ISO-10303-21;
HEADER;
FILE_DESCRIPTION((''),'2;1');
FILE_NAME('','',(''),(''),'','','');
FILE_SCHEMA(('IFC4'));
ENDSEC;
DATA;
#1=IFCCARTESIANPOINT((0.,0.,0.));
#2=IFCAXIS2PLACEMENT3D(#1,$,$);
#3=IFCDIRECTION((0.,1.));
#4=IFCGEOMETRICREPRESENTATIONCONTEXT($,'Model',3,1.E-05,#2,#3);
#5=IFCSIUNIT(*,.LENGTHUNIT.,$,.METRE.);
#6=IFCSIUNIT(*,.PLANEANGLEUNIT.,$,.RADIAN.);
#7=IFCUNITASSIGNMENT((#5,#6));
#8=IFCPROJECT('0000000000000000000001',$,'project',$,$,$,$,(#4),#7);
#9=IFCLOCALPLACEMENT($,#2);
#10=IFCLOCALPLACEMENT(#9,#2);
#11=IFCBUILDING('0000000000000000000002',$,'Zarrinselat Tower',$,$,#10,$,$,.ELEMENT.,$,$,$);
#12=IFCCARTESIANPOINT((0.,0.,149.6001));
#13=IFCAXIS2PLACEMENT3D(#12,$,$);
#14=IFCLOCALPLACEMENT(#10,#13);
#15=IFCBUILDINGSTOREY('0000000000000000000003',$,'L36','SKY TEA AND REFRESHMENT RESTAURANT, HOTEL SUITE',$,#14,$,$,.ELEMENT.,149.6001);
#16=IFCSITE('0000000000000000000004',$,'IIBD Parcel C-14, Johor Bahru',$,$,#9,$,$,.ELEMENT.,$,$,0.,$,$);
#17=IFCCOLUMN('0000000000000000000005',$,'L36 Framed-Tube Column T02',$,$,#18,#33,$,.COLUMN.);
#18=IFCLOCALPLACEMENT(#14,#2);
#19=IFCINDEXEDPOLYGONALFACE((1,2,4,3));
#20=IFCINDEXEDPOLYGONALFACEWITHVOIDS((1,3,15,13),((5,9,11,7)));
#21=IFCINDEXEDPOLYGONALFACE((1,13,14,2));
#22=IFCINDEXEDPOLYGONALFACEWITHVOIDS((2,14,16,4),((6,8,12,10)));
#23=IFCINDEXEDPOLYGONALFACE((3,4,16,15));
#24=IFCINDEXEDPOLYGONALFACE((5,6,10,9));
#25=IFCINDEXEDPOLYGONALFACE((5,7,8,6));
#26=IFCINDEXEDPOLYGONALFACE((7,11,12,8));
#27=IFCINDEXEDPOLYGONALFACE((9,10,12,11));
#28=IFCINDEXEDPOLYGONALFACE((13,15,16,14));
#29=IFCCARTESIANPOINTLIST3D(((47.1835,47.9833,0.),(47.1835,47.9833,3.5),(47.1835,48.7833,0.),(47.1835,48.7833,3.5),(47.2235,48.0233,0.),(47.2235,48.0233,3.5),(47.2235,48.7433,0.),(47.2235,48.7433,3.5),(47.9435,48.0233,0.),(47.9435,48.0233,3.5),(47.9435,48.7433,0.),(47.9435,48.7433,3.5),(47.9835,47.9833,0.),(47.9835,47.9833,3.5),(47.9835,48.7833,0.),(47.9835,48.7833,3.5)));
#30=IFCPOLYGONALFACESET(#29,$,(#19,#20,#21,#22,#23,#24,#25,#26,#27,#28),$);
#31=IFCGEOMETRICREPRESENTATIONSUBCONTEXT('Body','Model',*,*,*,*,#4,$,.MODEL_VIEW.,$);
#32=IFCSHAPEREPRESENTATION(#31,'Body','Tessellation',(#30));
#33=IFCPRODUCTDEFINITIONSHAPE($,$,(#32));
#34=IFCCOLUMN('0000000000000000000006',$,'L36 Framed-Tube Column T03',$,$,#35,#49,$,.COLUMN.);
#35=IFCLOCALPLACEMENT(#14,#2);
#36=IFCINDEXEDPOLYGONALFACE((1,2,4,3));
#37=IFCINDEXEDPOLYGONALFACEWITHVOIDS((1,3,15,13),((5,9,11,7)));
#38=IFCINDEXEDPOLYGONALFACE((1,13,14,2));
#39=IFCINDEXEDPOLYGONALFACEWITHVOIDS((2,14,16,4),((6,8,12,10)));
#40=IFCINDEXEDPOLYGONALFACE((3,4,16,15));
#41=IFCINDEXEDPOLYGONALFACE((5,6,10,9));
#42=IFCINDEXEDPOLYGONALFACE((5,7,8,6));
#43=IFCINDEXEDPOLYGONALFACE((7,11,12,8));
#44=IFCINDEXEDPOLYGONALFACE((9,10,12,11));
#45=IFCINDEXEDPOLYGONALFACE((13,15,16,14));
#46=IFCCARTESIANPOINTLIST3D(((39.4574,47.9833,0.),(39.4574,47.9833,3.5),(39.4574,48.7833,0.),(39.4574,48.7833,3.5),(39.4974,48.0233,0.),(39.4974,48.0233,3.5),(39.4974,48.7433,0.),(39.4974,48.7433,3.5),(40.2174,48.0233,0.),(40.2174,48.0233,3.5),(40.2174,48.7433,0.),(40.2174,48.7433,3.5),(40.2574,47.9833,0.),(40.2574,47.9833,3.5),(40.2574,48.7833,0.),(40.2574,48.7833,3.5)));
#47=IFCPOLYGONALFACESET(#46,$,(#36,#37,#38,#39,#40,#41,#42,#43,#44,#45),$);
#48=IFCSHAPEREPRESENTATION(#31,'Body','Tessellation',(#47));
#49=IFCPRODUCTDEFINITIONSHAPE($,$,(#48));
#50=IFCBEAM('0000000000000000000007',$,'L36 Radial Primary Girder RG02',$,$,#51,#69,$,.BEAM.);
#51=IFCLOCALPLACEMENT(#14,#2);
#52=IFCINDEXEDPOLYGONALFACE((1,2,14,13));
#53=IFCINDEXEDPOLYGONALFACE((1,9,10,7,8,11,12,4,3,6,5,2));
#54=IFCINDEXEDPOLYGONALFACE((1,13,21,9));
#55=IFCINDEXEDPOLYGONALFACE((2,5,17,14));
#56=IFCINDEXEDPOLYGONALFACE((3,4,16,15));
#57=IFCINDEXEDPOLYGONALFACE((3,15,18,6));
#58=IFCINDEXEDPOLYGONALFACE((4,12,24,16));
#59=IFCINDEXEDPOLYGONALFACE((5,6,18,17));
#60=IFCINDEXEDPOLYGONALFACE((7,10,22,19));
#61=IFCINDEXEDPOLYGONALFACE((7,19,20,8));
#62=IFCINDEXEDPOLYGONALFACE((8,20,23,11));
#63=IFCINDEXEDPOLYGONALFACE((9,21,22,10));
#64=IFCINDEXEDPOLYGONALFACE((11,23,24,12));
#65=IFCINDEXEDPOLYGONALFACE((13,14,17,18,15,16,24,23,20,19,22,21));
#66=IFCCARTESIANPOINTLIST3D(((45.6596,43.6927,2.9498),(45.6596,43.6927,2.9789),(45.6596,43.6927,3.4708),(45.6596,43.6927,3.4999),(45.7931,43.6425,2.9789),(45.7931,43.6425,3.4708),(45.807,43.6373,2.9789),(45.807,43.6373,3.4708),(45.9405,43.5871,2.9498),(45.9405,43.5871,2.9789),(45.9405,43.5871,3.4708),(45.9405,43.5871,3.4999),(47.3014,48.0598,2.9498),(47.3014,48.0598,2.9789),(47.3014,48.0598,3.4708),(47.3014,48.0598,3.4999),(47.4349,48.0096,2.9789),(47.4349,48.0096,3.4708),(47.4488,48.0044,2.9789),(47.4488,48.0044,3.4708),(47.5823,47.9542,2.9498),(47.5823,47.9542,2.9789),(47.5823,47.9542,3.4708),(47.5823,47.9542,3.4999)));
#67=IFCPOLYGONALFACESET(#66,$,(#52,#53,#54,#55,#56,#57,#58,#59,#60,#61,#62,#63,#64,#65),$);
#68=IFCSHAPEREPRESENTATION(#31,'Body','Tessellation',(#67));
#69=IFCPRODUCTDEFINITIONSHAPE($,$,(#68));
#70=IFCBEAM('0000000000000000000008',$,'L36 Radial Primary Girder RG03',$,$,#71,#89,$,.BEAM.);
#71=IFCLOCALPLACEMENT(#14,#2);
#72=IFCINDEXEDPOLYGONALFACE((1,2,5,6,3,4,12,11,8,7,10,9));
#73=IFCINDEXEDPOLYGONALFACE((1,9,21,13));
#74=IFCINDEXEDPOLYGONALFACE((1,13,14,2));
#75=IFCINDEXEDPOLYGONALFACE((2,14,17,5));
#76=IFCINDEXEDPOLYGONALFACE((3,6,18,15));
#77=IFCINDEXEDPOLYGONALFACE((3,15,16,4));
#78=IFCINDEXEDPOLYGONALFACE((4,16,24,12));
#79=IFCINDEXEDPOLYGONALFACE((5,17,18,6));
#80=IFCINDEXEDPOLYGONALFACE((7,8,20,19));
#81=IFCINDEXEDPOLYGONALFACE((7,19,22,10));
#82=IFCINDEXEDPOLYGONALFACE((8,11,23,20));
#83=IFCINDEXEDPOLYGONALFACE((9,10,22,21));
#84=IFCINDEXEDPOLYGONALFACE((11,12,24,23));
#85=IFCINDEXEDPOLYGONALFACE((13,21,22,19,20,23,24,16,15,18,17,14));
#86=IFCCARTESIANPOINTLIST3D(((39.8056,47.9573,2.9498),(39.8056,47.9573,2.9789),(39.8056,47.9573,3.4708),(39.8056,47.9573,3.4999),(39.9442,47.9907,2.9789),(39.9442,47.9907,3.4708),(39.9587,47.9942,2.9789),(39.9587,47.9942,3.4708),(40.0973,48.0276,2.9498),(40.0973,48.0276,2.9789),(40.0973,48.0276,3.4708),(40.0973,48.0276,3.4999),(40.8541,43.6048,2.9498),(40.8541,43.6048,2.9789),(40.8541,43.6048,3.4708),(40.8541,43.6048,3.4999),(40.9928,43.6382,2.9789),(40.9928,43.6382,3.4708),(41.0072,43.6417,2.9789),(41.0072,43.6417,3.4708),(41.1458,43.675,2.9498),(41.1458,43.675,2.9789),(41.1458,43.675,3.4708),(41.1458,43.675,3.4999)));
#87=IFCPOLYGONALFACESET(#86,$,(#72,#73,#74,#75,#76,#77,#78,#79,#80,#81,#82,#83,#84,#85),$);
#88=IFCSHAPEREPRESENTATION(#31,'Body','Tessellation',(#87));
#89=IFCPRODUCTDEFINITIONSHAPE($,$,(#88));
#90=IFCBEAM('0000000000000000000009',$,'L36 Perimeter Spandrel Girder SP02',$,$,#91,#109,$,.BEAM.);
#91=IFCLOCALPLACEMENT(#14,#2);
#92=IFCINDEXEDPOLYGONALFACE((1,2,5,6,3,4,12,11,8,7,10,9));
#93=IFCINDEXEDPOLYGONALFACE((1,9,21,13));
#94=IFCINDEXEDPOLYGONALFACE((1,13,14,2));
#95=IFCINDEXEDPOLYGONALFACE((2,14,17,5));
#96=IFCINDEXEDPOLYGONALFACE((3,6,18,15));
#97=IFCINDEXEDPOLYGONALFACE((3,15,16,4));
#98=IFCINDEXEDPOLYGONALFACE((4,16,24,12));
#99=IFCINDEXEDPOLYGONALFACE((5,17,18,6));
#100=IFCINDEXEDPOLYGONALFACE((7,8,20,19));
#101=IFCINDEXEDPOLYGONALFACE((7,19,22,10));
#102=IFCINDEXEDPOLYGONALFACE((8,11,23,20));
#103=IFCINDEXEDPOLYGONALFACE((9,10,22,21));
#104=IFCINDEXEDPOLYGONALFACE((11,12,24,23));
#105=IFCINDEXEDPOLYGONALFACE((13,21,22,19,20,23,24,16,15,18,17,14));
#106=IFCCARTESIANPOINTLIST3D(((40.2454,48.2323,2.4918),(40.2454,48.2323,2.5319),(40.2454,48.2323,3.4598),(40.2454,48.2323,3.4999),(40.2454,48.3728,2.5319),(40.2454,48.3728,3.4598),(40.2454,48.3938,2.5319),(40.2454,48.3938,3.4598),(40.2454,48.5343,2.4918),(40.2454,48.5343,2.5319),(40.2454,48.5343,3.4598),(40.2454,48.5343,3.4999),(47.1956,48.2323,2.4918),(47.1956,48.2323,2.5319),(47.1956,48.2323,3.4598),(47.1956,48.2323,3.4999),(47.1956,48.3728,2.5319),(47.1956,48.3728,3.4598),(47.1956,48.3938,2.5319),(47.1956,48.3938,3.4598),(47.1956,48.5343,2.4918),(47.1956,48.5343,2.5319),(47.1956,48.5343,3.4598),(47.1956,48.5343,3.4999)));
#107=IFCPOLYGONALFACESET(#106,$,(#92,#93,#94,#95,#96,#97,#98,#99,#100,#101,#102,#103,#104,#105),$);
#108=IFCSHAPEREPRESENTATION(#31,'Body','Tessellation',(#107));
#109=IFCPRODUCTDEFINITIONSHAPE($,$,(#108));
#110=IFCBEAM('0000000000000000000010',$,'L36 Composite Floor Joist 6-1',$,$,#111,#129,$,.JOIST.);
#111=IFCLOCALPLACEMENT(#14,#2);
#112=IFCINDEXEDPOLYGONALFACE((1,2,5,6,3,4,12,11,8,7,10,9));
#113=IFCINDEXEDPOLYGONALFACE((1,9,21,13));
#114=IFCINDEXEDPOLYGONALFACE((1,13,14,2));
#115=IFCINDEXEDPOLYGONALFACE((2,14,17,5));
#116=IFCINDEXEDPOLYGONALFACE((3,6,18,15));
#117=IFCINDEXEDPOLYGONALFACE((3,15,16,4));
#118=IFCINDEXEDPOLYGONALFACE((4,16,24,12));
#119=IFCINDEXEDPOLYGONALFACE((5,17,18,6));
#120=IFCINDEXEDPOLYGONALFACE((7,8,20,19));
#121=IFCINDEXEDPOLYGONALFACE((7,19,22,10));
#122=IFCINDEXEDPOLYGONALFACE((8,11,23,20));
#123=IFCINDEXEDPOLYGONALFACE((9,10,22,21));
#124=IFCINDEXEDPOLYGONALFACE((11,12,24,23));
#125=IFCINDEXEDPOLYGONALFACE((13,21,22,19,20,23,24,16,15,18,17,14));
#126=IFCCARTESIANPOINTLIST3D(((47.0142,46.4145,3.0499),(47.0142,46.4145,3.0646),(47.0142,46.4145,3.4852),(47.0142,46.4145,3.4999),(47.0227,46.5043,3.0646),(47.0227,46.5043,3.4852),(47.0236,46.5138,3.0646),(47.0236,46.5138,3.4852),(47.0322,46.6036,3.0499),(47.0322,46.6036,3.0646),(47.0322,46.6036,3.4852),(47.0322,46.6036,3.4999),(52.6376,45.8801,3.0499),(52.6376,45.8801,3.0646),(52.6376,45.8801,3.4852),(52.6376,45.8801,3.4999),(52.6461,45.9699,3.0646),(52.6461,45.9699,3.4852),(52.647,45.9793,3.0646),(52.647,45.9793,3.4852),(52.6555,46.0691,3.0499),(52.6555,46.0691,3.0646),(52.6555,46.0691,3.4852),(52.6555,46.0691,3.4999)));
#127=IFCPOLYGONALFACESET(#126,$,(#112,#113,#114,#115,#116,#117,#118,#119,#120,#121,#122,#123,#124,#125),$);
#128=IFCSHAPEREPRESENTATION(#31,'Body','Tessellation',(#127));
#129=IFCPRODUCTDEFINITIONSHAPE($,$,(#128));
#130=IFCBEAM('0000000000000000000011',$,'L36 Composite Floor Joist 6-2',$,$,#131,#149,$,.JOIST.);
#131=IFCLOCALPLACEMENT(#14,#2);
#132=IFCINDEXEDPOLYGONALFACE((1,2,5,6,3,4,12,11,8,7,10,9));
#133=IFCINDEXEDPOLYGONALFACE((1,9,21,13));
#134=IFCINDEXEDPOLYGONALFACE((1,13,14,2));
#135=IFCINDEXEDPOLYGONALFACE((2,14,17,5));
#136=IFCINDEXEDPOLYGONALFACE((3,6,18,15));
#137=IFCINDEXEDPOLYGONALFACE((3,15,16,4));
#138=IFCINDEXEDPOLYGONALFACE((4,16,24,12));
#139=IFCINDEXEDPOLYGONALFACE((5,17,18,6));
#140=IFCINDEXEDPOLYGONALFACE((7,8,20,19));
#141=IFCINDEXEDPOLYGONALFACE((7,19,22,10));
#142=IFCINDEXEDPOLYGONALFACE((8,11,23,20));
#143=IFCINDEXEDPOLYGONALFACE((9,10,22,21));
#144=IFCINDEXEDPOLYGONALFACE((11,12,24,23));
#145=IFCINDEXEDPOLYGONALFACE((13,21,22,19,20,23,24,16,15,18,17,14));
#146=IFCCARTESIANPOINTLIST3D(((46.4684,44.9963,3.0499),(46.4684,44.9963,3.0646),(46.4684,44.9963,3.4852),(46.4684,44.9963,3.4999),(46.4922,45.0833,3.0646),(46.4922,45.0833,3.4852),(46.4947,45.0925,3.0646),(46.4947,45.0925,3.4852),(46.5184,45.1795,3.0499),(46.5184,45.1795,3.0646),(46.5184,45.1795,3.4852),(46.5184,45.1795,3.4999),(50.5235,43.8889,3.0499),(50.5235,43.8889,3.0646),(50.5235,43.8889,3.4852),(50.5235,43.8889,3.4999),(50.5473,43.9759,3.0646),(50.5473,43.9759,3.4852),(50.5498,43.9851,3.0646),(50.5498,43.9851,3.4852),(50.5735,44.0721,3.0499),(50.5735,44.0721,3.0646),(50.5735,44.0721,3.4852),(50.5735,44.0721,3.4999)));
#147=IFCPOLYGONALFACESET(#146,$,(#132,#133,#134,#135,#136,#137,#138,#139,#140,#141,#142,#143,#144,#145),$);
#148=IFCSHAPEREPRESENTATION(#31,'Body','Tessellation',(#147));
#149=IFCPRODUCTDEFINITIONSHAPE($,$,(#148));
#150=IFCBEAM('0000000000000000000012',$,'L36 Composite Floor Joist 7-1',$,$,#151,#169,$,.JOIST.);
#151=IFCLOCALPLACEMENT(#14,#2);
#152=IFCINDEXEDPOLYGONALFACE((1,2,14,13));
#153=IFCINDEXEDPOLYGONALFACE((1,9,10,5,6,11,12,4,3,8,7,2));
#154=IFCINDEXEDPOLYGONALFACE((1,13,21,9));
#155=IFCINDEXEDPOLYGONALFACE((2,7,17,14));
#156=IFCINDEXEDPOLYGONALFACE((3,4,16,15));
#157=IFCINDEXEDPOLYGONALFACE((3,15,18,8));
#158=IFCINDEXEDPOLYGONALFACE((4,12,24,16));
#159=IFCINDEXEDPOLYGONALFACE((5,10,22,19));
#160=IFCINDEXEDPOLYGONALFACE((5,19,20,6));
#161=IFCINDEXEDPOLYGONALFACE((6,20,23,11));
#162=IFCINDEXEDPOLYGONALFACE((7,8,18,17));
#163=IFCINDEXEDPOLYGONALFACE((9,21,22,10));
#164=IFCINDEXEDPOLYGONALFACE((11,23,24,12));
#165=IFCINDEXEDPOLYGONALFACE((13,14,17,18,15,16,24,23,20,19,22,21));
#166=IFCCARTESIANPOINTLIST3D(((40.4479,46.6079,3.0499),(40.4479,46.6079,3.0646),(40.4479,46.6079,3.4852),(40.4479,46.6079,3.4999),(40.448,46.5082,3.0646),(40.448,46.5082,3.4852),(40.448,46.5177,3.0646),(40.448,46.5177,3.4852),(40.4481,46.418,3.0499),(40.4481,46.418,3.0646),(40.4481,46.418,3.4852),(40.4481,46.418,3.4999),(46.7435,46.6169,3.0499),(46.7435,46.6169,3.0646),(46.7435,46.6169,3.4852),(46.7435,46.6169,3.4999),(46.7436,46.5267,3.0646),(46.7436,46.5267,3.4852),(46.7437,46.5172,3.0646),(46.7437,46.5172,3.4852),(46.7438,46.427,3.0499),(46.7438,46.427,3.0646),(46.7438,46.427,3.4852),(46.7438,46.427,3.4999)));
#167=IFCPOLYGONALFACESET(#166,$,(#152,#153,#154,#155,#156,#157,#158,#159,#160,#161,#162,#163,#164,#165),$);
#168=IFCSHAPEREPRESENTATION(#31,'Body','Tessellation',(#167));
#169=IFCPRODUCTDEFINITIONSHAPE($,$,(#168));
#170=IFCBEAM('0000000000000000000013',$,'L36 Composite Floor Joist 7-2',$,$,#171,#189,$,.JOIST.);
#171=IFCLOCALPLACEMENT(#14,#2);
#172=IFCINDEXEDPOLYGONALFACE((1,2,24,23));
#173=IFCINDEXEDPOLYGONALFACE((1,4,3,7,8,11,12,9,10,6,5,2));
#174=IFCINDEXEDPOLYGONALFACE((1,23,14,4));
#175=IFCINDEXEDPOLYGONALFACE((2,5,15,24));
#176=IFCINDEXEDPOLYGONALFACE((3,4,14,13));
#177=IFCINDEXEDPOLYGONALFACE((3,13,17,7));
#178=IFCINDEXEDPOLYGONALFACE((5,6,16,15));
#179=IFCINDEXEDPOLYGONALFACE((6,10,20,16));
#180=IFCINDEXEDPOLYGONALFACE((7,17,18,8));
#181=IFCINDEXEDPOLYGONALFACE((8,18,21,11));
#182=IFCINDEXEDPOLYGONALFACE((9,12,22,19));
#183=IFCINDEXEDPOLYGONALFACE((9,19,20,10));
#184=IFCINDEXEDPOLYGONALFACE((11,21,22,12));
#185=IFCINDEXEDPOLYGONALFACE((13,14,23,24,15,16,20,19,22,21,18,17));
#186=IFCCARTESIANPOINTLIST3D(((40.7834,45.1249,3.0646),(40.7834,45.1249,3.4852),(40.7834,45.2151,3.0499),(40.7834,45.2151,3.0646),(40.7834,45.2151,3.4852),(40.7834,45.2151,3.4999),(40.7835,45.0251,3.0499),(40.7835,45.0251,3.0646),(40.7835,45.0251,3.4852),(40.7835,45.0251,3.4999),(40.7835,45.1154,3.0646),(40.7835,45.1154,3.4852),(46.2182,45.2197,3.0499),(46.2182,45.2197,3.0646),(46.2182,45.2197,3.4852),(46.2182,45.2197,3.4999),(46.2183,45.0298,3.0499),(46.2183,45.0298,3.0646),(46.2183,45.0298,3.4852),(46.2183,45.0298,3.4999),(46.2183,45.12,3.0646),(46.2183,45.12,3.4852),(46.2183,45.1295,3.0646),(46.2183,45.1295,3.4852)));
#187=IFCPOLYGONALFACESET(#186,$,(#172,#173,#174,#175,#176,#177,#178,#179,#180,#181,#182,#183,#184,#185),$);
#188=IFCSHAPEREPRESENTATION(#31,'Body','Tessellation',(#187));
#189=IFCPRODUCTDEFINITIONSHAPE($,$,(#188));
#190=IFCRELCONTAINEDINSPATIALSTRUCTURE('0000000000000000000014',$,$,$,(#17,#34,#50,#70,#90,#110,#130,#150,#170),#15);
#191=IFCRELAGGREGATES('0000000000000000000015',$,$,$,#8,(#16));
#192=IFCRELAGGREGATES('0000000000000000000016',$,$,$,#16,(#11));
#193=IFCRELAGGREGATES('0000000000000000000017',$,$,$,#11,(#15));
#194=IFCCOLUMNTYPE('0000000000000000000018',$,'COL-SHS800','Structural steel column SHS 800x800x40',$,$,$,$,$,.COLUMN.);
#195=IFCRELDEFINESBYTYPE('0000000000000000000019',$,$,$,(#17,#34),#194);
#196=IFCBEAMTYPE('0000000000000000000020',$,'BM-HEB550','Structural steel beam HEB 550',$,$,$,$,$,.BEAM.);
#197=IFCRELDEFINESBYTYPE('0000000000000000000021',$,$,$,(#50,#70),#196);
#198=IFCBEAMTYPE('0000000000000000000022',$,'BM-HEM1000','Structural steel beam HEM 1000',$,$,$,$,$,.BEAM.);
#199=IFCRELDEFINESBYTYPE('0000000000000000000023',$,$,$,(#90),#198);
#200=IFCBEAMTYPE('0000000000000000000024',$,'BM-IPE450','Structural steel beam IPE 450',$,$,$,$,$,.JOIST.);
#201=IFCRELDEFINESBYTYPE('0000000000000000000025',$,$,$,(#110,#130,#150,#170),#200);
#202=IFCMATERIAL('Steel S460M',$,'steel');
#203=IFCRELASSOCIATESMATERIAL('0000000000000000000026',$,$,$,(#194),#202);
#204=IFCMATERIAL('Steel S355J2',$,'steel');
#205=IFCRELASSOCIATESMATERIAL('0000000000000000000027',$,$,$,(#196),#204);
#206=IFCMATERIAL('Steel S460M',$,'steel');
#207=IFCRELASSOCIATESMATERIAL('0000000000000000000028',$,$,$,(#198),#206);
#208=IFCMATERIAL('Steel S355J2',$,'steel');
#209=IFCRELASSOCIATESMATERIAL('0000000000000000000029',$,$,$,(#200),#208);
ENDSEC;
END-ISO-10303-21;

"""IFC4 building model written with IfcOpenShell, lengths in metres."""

from ifc_helpers import new_model, si_unit, direction, frame, origin, origin_2d, place, context, subcontext, project, spatial, hollow_rectangle, i_section, extrude, material, material_profile, profile_set, type_object, element, save


model = new_model("IFC4")

# Units and contexts
model_context = context("Model", 3, precision=1e-05, world=origin(), true_north=direction((0.0, 1.0)))
body_context = subcontext(model_context, "Body", "Model", "MODEL_VIEW")
ifc_project = project(units=[si_unit("LENGTHUNIT", "METRE"), si_unit("PLANEANGLEUNIT", "RADIAN")], contexts=[model_context])

# Site, building, storey
site_placement = place(None, origin())
site = spatial("IfcSite", under=ifc_project, at=site_placement, Name="IIBD Parcel C-14, Johor Bahru", CompositionType="ELEMENT", RefElevation=0.0)
building_placement = place(site_placement, origin())
building = spatial("IfcBuilding", under=site, at=building_placement, Name="Zarrinselat Tower", CompositionType="ELEMENT")
storey_placement = place(building_placement, frame((0.0, 0.0, 149.6001)))
storey = spatial("IfcBuildingStorey", under=building, at=storey_placement, Name="L36", Description="SKY TEA AND REFRESHMENT RESTAURANT, HOTEL SUITE", CompositionType="ELEMENT", Elevation=149.6001)

# Columns
ifc_material_1 = material(Name="Steel S460M", Category="steel")
ifc_material_profile_1 = material_profile(ifc_material_1, hollow_rectangle(XDim=0.8, YDim=0.8, WallThickness=0.04, at=origin_2d()), Name="SHS 800x800x40")
ifc_profile_set_1 = profile_set([ifc_material_profile_1], Name="Steel S460M")
column_type = type_object("IfcColumnType", Name="COL-SHS800", Description="Structural steel column SHS 800x800x40", PredefinedType="COLUMN", material=ifc_profile_set_1)
for number, where, z_axis, x_axis, name in (
    (1, (47.5835, 48.3833, 0.0), (0.0, 0.0, 1.0), (1.0, 0.0, 0.0), "L36 Framed-Tube Column T02"),
    (2, (39.8574, 48.3833, 0.0), (0.0, 0.0, 1.0), (1.0, 0.0, 0.0), "L36 Framed-Tube Column T03"),
):
    element("IfcColumn", number, at=place(storey_placement, frame(where, z_axis=z_axis, x_axis=x_axis)), inside=storey, type_object=column_type, Name=name, PredefinedType="COLUMN", context=body_context, shape_type="SweptSolid", body=[
        extrude(hollow_rectangle(XDim=0.8, YDim=0.8, WallThickness=0.04, at=origin_2d()), origin(), (0.0, 0.0, 1.0), 3.5),
    ])

# Beams
ifc_material_2 = material(Name="Steel S355J2", Category="steel")
ifc_material_profile_2 = material_profile(ifc_material_2, i_section(OverallWidth=0.3, OverallDepth=0.55, WebThickness=0.0149, FlangeThickness=0.0291, at=origin_2d()), Name="HEB 550")
ifc_profile_set_2 = profile_set([ifc_material_profile_2], Name="Steel S355J2")
beam_type_1 = type_object("IfcBeamType", Name="BM-HEB550", Description="Structural steel beam HEB 550", PredefinedType="BEAM", material=ifc_profile_set_2)
beam_1_placement = place(storey_placement, frame((45.8, 43.6399, 3.2249), z_axis=(0.351903, 0.936036, 0.0), x_axis=(-0.936036, 0.351903, 0.0)))
element("IfcBeam", 3, at=beam_1_placement, inside=storey, type_object=beam_type_1, Name="L36 Radial Primary Girder RG02", PredefinedType="BEAM", context=body_context, shape_type="SweptSolid", body=[
    extrude(i_section(OverallWidth=0.3, OverallDepth=0.55, WebThickness=0.0149, FlangeThickness=0.0291, at=origin_2d()), origin(), (0.0, 0.0, 1.0), 4.6655),
])
beam_2_placement = place(storey_placement, frame((39.9514, 47.9924, 3.2249), z_axis=(0.234212, -0.972185, 0.0), x_axis=(0.972185, 0.234212, 0.0)))
element("IfcBeam", 4, at=beam_2_placement, inside=storey, type_object=beam_type_1, Name="L36 Radial Primary Girder RG03", PredefinedType="BEAM", context=body_context, shape_type="SweptSolid", body=[
    extrude(i_section(OverallWidth=0.3, OverallDepth=0.55, WebThickness=0.0149, FlangeThickness=0.0291, at=origin_2d()), origin(), (0.0, 0.0, 1.0), 4.4771),
])
ifc_material_3 = material(Name="Steel S460M", Category="steel")
ifc_material_profile_3 = material_profile(ifc_material_3, i_section(OverallWidth=0.302, OverallDepth=1.0081, WebThickness=0.021, FlangeThickness=0.04, at=origin_2d()), Name="HEM 1000")
ifc_profile_set_3 = profile_set([ifc_material_profile_3], Name="Steel S460M")
beam_type_2 = type_object("IfcBeamType", Name="BM-HEM1000", Description="Structural steel beam HEM 1000", PredefinedType="BEAM", material=ifc_profile_set_3)
beam_3_placement = place(storey_placement, frame((40.2454, 48.3833, 2.9958), z_axis=(1.0, 0.0, 0.0), x_axis=(0.0, 1.0, 0.0)))
element("IfcBeam", 5, at=beam_3_placement, inside=storey, type_object=beam_type_2, Name="L36 Perimeter Spandrel Girder SP02", PredefinedType="BEAM", context=body_context, shape_type="SweptSolid", body=[
    extrude(i_section(OverallWidth=0.302, OverallDepth=1.0081, WebThickness=0.021, FlangeThickness=0.04, at=origin_2d()), origin(), (0.0, 0.0, 1.0), 6.9502),
])
ifc_material_4 = material(Name="Steel S355J2", Category="steel")
ifc_material_profile_4 = material_profile(ifc_material_4, i_section(OverallWidth=0.1899, OverallDepth=0.45, WebThickness=0.0095, FlangeThickness=0.0146, at=origin_2d()), Name="IPE 450")
ifc_profile_set_4 = profile_set([ifc_material_profile_4], Name="Steel S355J2")
beam_type_3 = type_object("IfcBeamType", Name="BM-IPE450", Description="Structural steel beam IPE 450", PredefinedType="JOIST", material=ifc_profile_set_4)
beam_4_placement = place(storey_placement, frame((47.0232, 46.509, 3.2749), z_axis=(0.995514, -0.094611, 0.0), x_axis=(0.094611, 0.995514, 0.0)))
element("IfcBeam", 6, at=beam_4_placement, inside=storey, type_object=beam_type_3, Name="L36 Composite Floor Joist 6-1", PredefinedType="JOIST", context=body_context, shape_type="SweptSolid", body=[
    extrude(i_section(OverallWidth=0.1899, OverallDepth=0.45, WebThickness=0.0095, FlangeThickness=0.0146, at=origin_2d()), origin(), (0.0, 0.0, 1.0), 5.6487),
])
beam_5_placement = place(storey_placement, frame((46.4934, 45.0879, 3.2749), z_axis=(0.964675, -0.263442, 0.0), x_axis=(0.263442, 0.964675, 0.0)))
element("IfcBeam", 7, at=beam_5_placement, inside=storey, type_object=beam_type_3, Name="L36 Composite Floor Joist 6-2", PredefinedType="JOIST", context=body_context, shape_type="SweptSolid", body=[
    extrude(i_section(OverallWidth=0.1899, OverallDepth=0.45, WebThickness=0.0095, FlangeThickness=0.0146, at=origin_2d()), origin(), (0.0, 0.0, 1.0), 4.2036),
])
beam_6_placement = place(storey_placement, frame((40.448, 46.5129, 3.2749), z_axis=(0.999999, 0.001435, 0.0), x_axis=(-0.001435, 0.999999, 0.0)))
element("IfcBeam", 8, at=beam_6_placement, inside=storey, type_object=beam_type_3, Name="L36 Composite Floor Joist 7-1", PredefinedType="JOIST", context=body_context, shape_type="SweptSolid", body=[
    extrude(i_section(OverallWidth=0.1899, OverallDepth=0.45, WebThickness=0.0095, FlangeThickness=0.0146, at=origin_2d()), origin(), (0.0, 0.0, 1.0), 6.2957),
])
beam_7_placement = place(storey_placement, frame((40.7834, 45.1201, 3.2749), z_axis=(1.0, 0.000854, 0.0), x_axis=(-0.000854, 1.0, 0.0)))
element("IfcBeam", 9, at=beam_7_placement, inside=storey, type_object=beam_type_3, Name="L36 Composite Floor Joist 7-2", PredefinedType="JOIST", context=body_context, shape_type="SweptSolid", body=[
    extrude(i_section(OverallWidth=0.1899, OverallDepth=0.45, WebThickness=0.0095, FlangeThickness=0.0146, at=origin_2d()), origin(), (0.0, 0.0, 1.0), 5.4348),
])

save(model, "model.ifc")
